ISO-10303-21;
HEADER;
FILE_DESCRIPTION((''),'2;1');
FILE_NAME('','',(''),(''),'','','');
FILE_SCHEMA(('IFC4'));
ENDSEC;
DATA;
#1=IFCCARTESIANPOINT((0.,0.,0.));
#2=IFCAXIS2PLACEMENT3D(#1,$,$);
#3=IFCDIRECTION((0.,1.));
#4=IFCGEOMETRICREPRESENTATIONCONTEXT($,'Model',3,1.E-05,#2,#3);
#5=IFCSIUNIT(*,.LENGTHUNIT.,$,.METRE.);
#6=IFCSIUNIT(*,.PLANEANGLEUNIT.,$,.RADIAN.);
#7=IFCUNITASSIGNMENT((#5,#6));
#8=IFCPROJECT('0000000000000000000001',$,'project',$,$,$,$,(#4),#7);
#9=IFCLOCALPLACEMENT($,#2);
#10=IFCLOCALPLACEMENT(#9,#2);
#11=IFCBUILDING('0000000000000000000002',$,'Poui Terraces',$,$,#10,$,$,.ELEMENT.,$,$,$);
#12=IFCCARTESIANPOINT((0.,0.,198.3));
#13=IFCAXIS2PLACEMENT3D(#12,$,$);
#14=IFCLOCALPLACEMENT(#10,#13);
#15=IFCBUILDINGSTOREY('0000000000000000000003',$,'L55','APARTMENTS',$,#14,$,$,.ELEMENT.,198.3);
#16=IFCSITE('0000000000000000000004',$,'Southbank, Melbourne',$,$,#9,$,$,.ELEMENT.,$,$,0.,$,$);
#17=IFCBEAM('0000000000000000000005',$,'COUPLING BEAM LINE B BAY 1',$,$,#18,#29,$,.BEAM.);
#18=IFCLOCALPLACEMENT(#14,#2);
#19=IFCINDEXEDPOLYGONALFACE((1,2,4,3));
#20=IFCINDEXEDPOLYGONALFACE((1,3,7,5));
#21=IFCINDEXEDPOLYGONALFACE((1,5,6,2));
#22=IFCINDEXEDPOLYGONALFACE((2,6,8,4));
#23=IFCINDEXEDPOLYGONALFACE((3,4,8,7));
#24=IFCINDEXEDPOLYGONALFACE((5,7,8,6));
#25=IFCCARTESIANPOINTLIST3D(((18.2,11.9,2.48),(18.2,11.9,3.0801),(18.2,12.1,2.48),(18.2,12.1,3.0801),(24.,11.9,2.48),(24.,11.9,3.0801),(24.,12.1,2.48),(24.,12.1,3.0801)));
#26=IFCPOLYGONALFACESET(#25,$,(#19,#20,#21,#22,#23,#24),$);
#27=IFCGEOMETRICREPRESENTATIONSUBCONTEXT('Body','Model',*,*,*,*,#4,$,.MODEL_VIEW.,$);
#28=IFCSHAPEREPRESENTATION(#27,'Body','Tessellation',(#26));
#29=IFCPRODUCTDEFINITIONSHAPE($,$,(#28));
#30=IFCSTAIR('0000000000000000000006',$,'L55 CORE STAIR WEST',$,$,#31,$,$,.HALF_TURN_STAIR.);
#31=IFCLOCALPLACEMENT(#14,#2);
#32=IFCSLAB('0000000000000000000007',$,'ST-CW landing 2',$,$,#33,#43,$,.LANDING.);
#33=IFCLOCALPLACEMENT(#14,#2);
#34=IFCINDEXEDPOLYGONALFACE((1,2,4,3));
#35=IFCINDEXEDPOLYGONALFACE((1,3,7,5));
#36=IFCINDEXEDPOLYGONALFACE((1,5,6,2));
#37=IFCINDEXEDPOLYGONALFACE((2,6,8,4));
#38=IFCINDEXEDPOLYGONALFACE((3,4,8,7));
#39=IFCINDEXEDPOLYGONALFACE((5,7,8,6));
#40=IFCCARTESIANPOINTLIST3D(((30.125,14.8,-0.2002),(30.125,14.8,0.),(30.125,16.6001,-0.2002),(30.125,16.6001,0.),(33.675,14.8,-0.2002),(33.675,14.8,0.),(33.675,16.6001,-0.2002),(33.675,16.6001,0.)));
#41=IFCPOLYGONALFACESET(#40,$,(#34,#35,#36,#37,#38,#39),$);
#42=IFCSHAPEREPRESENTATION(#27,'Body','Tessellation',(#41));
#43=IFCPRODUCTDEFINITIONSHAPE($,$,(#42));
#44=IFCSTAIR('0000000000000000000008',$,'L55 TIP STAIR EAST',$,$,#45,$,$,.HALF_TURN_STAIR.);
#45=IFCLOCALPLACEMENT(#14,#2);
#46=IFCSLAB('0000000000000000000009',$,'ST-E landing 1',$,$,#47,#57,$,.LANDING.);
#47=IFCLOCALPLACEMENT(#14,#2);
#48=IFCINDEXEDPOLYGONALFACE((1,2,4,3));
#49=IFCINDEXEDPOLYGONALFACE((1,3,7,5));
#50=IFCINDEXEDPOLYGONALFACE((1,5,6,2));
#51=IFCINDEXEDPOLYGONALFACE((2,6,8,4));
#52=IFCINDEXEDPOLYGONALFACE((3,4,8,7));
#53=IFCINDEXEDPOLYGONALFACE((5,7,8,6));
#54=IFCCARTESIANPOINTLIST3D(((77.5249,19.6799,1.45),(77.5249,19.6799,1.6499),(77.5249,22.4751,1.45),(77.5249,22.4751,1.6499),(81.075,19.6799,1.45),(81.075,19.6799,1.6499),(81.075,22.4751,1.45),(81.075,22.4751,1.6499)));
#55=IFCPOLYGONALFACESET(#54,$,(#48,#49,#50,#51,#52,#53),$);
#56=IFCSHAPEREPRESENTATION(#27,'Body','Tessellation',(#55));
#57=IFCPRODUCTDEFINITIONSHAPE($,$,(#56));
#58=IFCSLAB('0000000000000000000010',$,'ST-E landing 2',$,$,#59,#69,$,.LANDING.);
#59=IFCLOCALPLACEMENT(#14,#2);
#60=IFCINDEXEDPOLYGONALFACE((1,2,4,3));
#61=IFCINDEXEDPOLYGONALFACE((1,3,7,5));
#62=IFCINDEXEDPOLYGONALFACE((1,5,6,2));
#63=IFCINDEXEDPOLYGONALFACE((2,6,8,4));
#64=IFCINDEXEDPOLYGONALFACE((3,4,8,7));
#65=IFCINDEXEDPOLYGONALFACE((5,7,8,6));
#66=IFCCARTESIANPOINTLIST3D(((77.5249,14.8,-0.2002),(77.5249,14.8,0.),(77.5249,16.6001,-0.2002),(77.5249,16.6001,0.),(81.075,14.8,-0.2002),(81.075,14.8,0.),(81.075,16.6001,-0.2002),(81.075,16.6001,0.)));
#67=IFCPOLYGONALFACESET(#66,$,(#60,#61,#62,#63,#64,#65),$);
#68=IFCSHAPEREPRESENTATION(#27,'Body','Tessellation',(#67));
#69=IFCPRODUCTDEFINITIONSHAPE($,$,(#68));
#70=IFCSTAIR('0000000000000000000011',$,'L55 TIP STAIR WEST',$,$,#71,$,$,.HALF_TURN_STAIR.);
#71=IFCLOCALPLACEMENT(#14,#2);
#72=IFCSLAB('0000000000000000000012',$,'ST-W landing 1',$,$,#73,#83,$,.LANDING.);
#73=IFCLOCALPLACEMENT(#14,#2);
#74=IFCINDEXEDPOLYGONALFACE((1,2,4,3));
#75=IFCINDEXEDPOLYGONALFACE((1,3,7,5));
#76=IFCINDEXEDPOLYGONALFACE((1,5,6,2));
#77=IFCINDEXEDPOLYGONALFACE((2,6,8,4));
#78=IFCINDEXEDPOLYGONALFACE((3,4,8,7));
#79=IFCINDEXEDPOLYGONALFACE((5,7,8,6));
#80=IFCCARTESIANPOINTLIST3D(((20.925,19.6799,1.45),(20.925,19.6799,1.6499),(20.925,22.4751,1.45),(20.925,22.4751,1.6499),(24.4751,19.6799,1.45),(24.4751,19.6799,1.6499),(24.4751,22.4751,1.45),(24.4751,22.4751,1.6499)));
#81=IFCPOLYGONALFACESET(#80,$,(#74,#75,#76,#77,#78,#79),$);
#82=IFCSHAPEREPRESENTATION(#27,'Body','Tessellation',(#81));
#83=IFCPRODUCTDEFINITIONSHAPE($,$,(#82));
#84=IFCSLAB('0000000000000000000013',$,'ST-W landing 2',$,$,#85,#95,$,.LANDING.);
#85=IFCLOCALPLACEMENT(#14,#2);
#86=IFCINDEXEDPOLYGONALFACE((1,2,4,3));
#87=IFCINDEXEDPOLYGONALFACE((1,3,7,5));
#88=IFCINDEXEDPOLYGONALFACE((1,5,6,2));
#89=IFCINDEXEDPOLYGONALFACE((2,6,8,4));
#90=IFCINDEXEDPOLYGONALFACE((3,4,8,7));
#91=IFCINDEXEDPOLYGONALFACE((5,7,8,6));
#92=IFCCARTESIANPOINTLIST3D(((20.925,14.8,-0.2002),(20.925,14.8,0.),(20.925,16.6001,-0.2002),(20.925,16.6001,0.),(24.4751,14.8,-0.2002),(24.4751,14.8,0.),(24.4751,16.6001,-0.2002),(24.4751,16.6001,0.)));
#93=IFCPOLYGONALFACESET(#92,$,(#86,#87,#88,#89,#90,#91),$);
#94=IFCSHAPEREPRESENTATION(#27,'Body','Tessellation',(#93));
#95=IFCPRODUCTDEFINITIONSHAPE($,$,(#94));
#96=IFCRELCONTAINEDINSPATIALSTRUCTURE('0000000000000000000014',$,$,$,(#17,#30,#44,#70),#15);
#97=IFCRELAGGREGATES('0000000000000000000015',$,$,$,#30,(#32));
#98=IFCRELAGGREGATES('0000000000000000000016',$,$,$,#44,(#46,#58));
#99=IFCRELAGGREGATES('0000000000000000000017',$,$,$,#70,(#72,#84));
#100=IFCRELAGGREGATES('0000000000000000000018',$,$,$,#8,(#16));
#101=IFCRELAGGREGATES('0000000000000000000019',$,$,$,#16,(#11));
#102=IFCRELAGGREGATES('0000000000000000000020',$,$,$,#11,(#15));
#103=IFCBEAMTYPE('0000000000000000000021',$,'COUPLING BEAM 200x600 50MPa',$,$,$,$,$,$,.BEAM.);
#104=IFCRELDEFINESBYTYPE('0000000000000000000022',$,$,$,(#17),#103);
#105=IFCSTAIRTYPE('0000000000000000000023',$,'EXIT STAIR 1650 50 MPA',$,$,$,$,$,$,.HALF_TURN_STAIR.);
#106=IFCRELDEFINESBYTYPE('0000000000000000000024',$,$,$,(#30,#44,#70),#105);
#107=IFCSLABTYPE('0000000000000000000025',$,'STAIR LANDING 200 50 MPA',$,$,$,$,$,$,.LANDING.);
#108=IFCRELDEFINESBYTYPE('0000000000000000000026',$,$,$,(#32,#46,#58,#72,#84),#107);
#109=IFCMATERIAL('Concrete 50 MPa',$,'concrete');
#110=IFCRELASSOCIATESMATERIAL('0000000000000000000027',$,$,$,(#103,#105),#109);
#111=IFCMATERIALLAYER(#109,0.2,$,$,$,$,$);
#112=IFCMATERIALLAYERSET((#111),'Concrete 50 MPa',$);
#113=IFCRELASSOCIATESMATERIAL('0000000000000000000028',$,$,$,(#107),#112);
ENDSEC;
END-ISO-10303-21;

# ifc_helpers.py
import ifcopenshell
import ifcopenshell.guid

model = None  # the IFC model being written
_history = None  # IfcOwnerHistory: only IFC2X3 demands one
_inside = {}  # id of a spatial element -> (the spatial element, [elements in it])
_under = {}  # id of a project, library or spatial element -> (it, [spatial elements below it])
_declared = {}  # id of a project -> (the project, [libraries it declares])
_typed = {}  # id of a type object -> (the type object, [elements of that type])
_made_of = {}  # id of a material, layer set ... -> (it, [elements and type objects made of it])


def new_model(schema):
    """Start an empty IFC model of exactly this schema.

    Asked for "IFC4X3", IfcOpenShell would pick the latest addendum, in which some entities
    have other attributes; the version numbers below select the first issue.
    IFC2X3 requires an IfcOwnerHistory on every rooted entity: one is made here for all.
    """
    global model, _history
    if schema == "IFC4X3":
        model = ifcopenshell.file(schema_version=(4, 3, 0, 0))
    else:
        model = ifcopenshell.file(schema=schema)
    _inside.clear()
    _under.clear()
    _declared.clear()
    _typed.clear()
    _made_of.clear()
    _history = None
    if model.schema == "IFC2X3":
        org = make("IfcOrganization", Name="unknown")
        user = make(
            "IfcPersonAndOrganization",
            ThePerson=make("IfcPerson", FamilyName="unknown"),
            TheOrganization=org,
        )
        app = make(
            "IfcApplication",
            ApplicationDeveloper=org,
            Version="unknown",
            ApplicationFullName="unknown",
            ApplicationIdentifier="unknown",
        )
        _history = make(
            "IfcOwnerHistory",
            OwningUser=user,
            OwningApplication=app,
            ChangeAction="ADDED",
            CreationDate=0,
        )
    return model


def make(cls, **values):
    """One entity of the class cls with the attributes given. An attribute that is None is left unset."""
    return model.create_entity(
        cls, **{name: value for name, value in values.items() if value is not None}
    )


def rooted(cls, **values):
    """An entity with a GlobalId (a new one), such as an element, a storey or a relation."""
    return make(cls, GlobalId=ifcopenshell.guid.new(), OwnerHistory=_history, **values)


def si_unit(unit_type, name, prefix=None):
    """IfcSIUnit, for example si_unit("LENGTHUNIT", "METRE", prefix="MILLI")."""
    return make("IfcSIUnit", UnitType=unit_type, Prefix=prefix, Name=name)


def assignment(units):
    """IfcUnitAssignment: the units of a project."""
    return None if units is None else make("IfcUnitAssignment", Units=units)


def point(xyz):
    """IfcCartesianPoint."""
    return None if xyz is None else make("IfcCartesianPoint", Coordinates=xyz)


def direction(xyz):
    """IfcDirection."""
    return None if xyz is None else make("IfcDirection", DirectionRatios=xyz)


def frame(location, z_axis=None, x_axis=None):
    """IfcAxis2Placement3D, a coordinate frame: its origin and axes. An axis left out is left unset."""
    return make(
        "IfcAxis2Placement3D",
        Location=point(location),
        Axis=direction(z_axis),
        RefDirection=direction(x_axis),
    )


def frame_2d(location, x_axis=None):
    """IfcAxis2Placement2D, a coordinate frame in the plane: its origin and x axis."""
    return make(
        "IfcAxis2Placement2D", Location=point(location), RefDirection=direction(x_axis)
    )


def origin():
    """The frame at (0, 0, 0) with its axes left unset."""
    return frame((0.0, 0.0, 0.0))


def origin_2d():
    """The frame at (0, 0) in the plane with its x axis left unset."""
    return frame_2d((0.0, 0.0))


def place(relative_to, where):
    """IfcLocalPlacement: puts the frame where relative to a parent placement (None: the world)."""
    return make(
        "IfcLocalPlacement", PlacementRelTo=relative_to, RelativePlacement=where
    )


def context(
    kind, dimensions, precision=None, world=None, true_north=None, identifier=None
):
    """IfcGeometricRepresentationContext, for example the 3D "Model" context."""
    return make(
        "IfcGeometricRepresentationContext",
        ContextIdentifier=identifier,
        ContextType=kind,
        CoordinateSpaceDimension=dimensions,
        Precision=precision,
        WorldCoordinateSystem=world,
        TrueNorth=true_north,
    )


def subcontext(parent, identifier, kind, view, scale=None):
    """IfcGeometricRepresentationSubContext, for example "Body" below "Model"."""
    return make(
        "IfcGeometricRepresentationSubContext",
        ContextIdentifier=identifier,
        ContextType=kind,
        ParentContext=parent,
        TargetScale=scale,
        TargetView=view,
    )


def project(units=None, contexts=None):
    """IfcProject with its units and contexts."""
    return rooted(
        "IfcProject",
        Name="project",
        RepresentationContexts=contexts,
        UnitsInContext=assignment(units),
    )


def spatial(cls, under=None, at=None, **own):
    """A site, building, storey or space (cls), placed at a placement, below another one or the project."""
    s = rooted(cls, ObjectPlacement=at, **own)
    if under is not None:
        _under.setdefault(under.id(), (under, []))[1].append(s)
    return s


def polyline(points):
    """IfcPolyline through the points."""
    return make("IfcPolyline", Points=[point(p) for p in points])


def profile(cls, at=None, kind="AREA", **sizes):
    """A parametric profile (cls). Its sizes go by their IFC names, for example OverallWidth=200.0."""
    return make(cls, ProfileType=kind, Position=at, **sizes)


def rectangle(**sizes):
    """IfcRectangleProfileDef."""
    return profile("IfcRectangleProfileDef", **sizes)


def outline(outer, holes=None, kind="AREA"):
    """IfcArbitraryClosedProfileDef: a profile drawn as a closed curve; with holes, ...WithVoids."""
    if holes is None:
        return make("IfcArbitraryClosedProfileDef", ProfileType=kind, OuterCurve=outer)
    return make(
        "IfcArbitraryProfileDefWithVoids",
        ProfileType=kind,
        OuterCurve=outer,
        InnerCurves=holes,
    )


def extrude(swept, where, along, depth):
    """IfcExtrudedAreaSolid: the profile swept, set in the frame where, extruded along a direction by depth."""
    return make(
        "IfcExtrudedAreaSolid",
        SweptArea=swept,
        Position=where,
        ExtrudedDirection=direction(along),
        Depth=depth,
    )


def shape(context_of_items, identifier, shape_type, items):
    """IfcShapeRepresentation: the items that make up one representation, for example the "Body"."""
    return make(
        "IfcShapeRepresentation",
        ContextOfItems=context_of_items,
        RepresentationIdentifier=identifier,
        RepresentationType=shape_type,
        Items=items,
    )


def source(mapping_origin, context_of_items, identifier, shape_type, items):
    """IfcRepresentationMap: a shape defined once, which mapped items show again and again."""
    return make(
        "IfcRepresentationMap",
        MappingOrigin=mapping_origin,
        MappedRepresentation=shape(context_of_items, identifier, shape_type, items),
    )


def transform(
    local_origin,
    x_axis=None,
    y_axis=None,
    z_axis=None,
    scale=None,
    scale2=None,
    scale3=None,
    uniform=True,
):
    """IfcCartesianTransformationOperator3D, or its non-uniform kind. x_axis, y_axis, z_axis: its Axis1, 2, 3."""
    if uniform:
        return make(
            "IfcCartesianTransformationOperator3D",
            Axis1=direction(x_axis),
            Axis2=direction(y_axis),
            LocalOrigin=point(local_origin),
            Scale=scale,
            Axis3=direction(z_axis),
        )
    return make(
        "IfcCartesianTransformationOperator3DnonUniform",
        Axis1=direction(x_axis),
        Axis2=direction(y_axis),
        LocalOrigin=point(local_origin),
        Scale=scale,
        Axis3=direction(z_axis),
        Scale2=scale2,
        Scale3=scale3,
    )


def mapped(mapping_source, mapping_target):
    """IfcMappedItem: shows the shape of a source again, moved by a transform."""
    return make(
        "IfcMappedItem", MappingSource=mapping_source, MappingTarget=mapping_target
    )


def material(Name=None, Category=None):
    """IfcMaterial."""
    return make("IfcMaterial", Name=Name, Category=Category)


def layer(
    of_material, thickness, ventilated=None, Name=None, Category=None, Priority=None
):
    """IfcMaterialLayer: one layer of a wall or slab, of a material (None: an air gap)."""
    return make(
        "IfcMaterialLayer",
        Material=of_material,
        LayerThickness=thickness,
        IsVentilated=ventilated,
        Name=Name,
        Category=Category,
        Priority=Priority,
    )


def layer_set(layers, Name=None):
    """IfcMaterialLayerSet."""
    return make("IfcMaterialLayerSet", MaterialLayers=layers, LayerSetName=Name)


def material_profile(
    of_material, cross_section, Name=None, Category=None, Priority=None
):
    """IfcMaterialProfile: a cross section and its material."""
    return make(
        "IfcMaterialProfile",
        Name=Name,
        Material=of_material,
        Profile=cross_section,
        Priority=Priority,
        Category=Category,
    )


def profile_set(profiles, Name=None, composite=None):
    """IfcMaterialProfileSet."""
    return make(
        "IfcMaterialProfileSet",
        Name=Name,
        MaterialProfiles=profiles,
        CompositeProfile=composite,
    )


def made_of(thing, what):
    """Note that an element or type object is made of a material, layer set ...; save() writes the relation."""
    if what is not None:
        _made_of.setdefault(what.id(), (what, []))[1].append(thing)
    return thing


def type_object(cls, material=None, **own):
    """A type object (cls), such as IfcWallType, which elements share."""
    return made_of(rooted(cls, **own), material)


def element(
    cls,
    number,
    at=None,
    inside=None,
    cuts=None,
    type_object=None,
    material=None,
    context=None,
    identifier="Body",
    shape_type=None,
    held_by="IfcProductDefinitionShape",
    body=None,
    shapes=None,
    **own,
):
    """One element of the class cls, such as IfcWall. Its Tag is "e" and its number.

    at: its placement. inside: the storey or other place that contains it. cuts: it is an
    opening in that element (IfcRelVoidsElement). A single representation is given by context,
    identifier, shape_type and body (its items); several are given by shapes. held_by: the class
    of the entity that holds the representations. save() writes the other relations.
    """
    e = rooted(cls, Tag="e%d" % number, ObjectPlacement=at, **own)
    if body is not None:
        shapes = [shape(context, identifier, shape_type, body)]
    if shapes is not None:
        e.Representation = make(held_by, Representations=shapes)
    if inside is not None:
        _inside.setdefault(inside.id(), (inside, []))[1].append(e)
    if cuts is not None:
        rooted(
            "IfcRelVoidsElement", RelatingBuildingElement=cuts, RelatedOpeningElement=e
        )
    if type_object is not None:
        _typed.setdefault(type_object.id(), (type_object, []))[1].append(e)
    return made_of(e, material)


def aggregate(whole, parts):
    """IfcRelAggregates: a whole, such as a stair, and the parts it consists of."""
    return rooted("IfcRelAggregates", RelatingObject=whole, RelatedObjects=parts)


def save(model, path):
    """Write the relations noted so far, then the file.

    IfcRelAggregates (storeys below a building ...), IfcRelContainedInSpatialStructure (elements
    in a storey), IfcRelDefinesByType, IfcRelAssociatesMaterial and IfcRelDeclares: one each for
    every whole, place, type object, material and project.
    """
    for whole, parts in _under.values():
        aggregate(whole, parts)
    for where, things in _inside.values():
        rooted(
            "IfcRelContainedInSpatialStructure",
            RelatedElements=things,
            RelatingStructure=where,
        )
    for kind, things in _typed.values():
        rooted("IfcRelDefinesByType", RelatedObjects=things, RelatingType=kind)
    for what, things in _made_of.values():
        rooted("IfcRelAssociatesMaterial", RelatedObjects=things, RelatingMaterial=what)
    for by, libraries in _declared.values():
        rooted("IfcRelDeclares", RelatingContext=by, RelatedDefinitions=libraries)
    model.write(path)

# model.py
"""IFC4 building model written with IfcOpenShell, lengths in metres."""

from ifc_helpers import new_model, si_unit, direction, frame, origin, origin_2d, place, context, subcontext, project, spatial, polyline, rectangle, outline, extrude, source, transform, mapped, material, layer, layer_set, material_profile, profile_set, type_object, element, aggregate, save


model = new_model("IFC4")

# Units and contexts
model_context = context("Model", 3, precision=1e-05, world=origin(), true_north=direction((0.0, 1.0)))
body_context = subcontext(model_context, "Body", "Model", "MODEL_VIEW")
ifc_project = project(units=[si_unit("LENGTHUNIT", "METRE"), si_unit("PLANEANGLEUNIT", "RADIAN")], contexts=[model_context])

# Site, building, storey
site_placement = place(None, origin())
site = spatial("IfcSite", under=ifc_project, at=site_placement, Name="Southbank, Melbourne", CompositionType="ELEMENT", RefElevation=0.0)
building_placement = place(site_placement, origin())
building = spatial("IfcBuilding", under=site, at=building_placement, Name="Poui Terraces", CompositionType="ELEMENT")
storey_placement = place(building_placement, frame((0.0, 0.0, 198.3)))
storey = spatial("IfcBuildingStorey", under=building, at=storey_placement, Name="L55", Description="APARTMENTS", CompositionType="ELEMENT", Elevation=198.3)

# Beam
ifc_material_1 = material(Name="Concrete 50 MPa", Category="concrete")
ifc_material_profile = material_profile(ifc_material_1, rectangle(XDim=0.2, YDim=0.6001, at=origin_2d()), Name="RC 200x600")
ifc_profile_set = profile_set([ifc_material_profile], Name="Concrete 50 MPa")
beam_type = type_object("IfcBeamType", Name="COUPLING BEAM 200x600 50MPa", PredefinedType="BEAM", material=ifc_profile_set)
shared_shape_1 = source(origin(), body_context, "Body", "SweptSolid", [
    extrude(rectangle(XDim=0.2, YDim=0.6001, at=origin_2d()), origin(), (0.0, 0.0, 1.0), 5.8),
])
beam_placement = place(storey_placement, frame((18.2, 12.0, 2.78), z_axis=(1.0, 0.0, 0.0), x_axis=(0.0, 1.0, 0.0)))
element("IfcBeam", 1, at=beam_placement, inside=storey, type_object=beam_type, Name="COUPLING BEAM LINE B BAY 1", PredefinedType="BEAM", context=body_context, shape_type="MappedRepresentation", body=[
    mapped(shared_shape_1, transform((0.0, 0.0, 0.0))),
])

# Stair, slab
stair_type = type_object("IfcStairType", Name="EXIT STAIR 1650 50 MPA", PredefinedType="HALF_TURN_STAIR", material=ifc_material_1)
stair_1_placement = place(storey_placement, origin())
stair_1 = element("IfcStair", 2, at=stair_1_placement, inside=storey, type_object=stair_type, Name="L55 CORE STAIR WEST", PredefinedType="HALF_TURN_STAIR")
ifc_layer_1 = layer(ifc_material_1, 0.2)
ifc_layer_set_1 = layer_set([ifc_layer_1], Name="Concrete 50 MPa")
slab_type_1 = type_object("IfcSlabType", Name="STAIR LANDING 200 50 MPA", PredefinedType="LANDING", material=ifc_layer_set_1)
slab_1_placement = place(storey_placement, frame((0.0, 0.0, -0.2002)))
slab_1 = element("IfcSlab", 3, at=slab_1_placement, type_object=slab_type_1, Name="ST-CW landing 2", PredefinedType="LANDING", context=body_context, shape_type="SweptSolid", body=[
    extrude(outline(polyline([(30.125, 14.8), (33.675, 14.8), (33.675, 16.6001), (30.125, 16.6001), (30.125, 14.8)])), origin(), (0.0, 0.0, 1.0), 0.2002),
])
aggregate(stair_1, [slab_1])

# Stairs, slabs
stair_2_placement = place(storey_placement, origin())
stair_2 = element("IfcStair", 4, at=stair_2_placement, inside=storey, type_object=stair_type, Name="L55 TIP STAIR EAST", PredefinedType="HALF_TURN_STAIR")
slab_2_placement = place(storey_placement, frame((0.0, 0.0, 1.45)))
slab_2 = element("IfcSlab", 5, at=slab_2_placement, type_object=slab_type_1, Name="ST-E landing 1", PredefinedType="LANDING", context=body_context, shape_type="SweptSolid", body=[
    extrude(outline(polyline([(77.5249, 19.6799), (81.075, 19.6799), (81.075, 22.4751), (77.5249, 22.4751), (77.5249, 19.6799)])), origin(), (0.0, 0.0, 1.0), 0.2),
])
slab_3_placement = place(storey_placement, frame((0.0, 0.0, -0.2002)))
slab_3 = element("IfcSlab", 6, at=slab_3_placement, type_object=slab_type_1, Name="ST-E landing 2", PredefinedType="LANDING", context=body_context, shape_type="SweptSolid", body=[
    extrude(outline(polyline([(77.5249, 14.8), (81.075, 14.8), (81.075, 16.6001), (77.5249, 16.6001), (77.5249, 14.8)])), origin(), (0.0, 0.0, 1.0), 0.2002),
])
aggregate(stair_2, [slab_2, slab_3])
stair_3_placement = place(storey_placement, origin())
stair_3 = element("IfcStair", 7, at=stair_3_placement, inside=storey, type_object=stair_type, Name="L55 TIP STAIR WEST", PredefinedType="HALF_TURN_STAIR")
slab_4_placement = place(storey_placement, frame((0.0, 0.0, 1.45)))
slab_4 = element("IfcSlab", 8, at=slab_4_placement, type_object=slab_type_1, Name="ST-W landing 1", PredefinedType="LANDING", context=body_context, shape_type="SweptSolid", body=[
    extrude(outline(polyline([(20.925, 19.6799), (24.4751, 19.6799), (24.4751, 22.4751), (20.925, 22.4751), (20.925, 19.6799)])), origin(), (0.0, 0.0, 1.0), 0.2),
])
slab_5_placement = place(storey_placement, frame((0.0, 0.0, -0.2002)))
slab_5 = element("IfcSlab", 9, at=slab_5_placement, type_object=slab_type_1, Name="ST-W landing 2", PredefinedType="LANDING", context=body_context, shape_type="SweptSolid", body=[
    extrude(outline(polyline([(20.925, 14.8), (24.4751, 14.8), (24.4751, 16.6001), (20.925, 16.6001), (20.925, 14.8)])), origin(), (0.0, 0.0, 1.0), 0.2002),
])
aggregate(stair_3, [slab_4, slab_5])

save(model, "model.ifc")
